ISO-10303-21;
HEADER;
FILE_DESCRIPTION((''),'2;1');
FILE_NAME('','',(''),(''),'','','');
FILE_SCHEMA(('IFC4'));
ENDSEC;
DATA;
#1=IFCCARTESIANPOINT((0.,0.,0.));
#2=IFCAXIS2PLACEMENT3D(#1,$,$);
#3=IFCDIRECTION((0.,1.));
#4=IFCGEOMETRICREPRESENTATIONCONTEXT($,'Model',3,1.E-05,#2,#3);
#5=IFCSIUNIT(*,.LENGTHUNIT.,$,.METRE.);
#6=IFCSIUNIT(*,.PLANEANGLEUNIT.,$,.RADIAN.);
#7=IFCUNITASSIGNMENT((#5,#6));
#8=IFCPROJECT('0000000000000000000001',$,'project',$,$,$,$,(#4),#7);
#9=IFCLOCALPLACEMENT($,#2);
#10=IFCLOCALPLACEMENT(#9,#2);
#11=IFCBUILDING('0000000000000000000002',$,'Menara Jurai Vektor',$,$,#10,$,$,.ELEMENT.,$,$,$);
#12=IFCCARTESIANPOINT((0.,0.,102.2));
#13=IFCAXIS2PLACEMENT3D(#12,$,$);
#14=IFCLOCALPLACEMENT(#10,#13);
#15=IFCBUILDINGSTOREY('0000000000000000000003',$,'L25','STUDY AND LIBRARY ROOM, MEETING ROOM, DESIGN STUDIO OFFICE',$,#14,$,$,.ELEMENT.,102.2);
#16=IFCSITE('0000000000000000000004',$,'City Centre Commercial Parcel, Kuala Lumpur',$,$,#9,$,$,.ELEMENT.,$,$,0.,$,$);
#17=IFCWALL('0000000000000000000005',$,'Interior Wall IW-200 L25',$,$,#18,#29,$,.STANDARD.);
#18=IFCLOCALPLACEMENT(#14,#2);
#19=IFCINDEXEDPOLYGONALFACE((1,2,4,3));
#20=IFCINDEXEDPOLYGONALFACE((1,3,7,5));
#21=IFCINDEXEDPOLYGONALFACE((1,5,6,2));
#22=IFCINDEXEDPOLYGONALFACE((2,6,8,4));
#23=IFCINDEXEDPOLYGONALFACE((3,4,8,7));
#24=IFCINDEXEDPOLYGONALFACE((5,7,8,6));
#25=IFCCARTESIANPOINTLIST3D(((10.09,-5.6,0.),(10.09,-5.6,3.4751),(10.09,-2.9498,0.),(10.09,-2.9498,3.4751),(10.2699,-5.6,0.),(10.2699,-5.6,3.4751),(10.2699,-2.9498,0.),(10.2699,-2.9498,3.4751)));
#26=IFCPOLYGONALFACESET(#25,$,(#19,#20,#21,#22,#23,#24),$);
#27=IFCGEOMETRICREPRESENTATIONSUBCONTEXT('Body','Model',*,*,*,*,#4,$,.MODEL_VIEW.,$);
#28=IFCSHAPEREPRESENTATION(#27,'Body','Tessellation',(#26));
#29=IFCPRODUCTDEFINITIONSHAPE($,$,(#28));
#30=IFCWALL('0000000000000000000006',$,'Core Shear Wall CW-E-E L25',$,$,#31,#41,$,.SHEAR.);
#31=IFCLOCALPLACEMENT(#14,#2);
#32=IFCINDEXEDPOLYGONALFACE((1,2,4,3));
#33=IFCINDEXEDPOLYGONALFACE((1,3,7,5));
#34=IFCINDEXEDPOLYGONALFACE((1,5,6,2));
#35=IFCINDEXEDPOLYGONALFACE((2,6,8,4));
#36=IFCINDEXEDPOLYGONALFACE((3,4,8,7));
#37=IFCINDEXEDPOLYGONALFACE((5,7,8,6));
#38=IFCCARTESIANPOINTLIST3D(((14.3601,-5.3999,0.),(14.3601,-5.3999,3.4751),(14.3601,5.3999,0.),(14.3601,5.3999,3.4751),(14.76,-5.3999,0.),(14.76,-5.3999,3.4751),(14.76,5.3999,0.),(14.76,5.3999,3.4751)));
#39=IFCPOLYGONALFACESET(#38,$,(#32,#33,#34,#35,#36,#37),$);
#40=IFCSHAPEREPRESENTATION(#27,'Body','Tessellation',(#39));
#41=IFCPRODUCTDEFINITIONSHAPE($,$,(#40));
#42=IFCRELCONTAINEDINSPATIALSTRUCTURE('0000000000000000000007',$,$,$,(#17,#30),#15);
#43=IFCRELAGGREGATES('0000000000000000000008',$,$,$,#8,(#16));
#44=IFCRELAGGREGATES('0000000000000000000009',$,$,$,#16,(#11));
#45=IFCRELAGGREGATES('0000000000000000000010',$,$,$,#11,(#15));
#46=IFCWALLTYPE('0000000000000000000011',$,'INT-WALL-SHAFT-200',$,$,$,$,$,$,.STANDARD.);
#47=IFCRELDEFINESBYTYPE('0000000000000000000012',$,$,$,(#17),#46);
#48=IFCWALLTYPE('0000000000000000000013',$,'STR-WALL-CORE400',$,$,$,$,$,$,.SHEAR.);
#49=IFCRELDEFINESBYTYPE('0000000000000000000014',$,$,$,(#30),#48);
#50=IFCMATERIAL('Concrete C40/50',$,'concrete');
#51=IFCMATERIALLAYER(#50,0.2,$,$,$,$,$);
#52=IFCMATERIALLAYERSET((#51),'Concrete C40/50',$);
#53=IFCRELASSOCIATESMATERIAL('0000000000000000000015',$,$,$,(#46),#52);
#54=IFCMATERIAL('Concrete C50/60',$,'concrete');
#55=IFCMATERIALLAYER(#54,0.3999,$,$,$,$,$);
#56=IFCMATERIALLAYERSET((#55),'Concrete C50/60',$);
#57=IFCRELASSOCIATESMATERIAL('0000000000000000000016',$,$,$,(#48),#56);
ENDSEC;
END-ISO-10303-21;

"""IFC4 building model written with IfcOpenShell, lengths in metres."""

from ifc_helpers import new_model, si_unit, direction, frame, frame_2d, origin, place, context, subcontext, project, spatial, rectangle, extrude, material, layer, layer_set, type_object, element, save


model = new_model("IFC4")

# Units and contexts
model_context = context("Model", 3, precision=1e-05, world=origin(), true_north=direction((0.0, 1.0)))
body_context = subcontext(model_context, "Body", "Model", "MODEL_VIEW")
ifc_project = project(units=[si_unit("LENGTHUNIT", "METRE"), si_unit("PLANEANGLEUNIT", "RADIAN")], contexts=[model_context])

# Site, building, storey
site_placement = place(None, origin())
site = spatial("IfcSite", under=ifc_project, at=site_placement, Name="City Centre Commercial Parcel, Kuala Lumpur", CompositionType="ELEMENT", RefElevation=0.0)
building_placement = place(site_placement, origin())
building = spatial("IfcBuilding", under=site, at=building_placement, Name="Menara Jurai Vektor", CompositionType="ELEMENT")
storey_placement = place(building_placement, frame((0.0, 0.0, 102.2)))
storey = spatial("IfcBuildingStorey", under=building, at=storey_placement, Name="L25", Description="STUDY AND LIBRARY ROOM, MEETING ROOM, DESIGN STUDIO OFFICE", CompositionType="ELEMENT", Elevation=102.2)

# Shared definitions
ifc_material_1 = material(Name="Concrete C50/60", Category="concrete")

# Shared definitions
ifc_material_2 = material(Name="Concrete C40/50", Category="concrete")

# Walls
ifc_layer_1 = layer(ifc_material_2, 0.2)
ifc_layer_set_1 = layer_set([ifc_layer_1], Name="Concrete C40/50")
wall_type_1 = type_object("IfcWallType", Name="INT-WALL-SHAFT-200", PredefinedType="STANDARD", material=ifc_layer_set_1)
wall_1_placement = place(storey_placement, frame((10.1799, -5.6001, 0.0), z_axis=(0.0, 0.0, 1.0), x_axis=(0.0, 1.0, 0.0)))
element("IfcWall", 1, at=wall_1_placement, inside=storey, type_object=wall_type_1, Name="Interior Wall IW-200 L25", PredefinedType="STANDARD", context=body_context, shape_type="SweptSolid", body=[
    extrude(rectangle(XDim=2.6501, YDim=0.1799, at=frame_2d((1.3252, 0.0))), origin(), (0.0, 0.0, 1.0), 3.4751),
])
ifc_layer_2 = layer(ifc_material_1, 0.3999)
ifc_layer_set_2 = layer_set([ifc_layer_2], Name="Concrete C50/60")
wall_type_2 = type_object("IfcWallType", Name="STR-WALL-CORE400", PredefinedType="SHEAR", material=ifc_layer_set_2)
wall_2_placement = place(storey_placement, frame((14.5601, -5.3999, 0.0), z_axis=(0.0, 0.0, 1.0), x_axis=(0.0, 1.0, 0.0)))
element("IfcWall", 2, at=wall_2_placement, inside=storey, type_object=wall_type_2, Name="Core Shear Wall CW-E-E L25", PredefinedType="SHEAR", context=body_context, shape_type="SweptSolid", body=[
    extrude(rectangle(XDim=10.7998, YDim=0.3999, at=frame_2d((5.3999, 0.0))), origin(), (0.0, 0.0, 1.0), 3.4751),
])

save(model, "model.ifc")
